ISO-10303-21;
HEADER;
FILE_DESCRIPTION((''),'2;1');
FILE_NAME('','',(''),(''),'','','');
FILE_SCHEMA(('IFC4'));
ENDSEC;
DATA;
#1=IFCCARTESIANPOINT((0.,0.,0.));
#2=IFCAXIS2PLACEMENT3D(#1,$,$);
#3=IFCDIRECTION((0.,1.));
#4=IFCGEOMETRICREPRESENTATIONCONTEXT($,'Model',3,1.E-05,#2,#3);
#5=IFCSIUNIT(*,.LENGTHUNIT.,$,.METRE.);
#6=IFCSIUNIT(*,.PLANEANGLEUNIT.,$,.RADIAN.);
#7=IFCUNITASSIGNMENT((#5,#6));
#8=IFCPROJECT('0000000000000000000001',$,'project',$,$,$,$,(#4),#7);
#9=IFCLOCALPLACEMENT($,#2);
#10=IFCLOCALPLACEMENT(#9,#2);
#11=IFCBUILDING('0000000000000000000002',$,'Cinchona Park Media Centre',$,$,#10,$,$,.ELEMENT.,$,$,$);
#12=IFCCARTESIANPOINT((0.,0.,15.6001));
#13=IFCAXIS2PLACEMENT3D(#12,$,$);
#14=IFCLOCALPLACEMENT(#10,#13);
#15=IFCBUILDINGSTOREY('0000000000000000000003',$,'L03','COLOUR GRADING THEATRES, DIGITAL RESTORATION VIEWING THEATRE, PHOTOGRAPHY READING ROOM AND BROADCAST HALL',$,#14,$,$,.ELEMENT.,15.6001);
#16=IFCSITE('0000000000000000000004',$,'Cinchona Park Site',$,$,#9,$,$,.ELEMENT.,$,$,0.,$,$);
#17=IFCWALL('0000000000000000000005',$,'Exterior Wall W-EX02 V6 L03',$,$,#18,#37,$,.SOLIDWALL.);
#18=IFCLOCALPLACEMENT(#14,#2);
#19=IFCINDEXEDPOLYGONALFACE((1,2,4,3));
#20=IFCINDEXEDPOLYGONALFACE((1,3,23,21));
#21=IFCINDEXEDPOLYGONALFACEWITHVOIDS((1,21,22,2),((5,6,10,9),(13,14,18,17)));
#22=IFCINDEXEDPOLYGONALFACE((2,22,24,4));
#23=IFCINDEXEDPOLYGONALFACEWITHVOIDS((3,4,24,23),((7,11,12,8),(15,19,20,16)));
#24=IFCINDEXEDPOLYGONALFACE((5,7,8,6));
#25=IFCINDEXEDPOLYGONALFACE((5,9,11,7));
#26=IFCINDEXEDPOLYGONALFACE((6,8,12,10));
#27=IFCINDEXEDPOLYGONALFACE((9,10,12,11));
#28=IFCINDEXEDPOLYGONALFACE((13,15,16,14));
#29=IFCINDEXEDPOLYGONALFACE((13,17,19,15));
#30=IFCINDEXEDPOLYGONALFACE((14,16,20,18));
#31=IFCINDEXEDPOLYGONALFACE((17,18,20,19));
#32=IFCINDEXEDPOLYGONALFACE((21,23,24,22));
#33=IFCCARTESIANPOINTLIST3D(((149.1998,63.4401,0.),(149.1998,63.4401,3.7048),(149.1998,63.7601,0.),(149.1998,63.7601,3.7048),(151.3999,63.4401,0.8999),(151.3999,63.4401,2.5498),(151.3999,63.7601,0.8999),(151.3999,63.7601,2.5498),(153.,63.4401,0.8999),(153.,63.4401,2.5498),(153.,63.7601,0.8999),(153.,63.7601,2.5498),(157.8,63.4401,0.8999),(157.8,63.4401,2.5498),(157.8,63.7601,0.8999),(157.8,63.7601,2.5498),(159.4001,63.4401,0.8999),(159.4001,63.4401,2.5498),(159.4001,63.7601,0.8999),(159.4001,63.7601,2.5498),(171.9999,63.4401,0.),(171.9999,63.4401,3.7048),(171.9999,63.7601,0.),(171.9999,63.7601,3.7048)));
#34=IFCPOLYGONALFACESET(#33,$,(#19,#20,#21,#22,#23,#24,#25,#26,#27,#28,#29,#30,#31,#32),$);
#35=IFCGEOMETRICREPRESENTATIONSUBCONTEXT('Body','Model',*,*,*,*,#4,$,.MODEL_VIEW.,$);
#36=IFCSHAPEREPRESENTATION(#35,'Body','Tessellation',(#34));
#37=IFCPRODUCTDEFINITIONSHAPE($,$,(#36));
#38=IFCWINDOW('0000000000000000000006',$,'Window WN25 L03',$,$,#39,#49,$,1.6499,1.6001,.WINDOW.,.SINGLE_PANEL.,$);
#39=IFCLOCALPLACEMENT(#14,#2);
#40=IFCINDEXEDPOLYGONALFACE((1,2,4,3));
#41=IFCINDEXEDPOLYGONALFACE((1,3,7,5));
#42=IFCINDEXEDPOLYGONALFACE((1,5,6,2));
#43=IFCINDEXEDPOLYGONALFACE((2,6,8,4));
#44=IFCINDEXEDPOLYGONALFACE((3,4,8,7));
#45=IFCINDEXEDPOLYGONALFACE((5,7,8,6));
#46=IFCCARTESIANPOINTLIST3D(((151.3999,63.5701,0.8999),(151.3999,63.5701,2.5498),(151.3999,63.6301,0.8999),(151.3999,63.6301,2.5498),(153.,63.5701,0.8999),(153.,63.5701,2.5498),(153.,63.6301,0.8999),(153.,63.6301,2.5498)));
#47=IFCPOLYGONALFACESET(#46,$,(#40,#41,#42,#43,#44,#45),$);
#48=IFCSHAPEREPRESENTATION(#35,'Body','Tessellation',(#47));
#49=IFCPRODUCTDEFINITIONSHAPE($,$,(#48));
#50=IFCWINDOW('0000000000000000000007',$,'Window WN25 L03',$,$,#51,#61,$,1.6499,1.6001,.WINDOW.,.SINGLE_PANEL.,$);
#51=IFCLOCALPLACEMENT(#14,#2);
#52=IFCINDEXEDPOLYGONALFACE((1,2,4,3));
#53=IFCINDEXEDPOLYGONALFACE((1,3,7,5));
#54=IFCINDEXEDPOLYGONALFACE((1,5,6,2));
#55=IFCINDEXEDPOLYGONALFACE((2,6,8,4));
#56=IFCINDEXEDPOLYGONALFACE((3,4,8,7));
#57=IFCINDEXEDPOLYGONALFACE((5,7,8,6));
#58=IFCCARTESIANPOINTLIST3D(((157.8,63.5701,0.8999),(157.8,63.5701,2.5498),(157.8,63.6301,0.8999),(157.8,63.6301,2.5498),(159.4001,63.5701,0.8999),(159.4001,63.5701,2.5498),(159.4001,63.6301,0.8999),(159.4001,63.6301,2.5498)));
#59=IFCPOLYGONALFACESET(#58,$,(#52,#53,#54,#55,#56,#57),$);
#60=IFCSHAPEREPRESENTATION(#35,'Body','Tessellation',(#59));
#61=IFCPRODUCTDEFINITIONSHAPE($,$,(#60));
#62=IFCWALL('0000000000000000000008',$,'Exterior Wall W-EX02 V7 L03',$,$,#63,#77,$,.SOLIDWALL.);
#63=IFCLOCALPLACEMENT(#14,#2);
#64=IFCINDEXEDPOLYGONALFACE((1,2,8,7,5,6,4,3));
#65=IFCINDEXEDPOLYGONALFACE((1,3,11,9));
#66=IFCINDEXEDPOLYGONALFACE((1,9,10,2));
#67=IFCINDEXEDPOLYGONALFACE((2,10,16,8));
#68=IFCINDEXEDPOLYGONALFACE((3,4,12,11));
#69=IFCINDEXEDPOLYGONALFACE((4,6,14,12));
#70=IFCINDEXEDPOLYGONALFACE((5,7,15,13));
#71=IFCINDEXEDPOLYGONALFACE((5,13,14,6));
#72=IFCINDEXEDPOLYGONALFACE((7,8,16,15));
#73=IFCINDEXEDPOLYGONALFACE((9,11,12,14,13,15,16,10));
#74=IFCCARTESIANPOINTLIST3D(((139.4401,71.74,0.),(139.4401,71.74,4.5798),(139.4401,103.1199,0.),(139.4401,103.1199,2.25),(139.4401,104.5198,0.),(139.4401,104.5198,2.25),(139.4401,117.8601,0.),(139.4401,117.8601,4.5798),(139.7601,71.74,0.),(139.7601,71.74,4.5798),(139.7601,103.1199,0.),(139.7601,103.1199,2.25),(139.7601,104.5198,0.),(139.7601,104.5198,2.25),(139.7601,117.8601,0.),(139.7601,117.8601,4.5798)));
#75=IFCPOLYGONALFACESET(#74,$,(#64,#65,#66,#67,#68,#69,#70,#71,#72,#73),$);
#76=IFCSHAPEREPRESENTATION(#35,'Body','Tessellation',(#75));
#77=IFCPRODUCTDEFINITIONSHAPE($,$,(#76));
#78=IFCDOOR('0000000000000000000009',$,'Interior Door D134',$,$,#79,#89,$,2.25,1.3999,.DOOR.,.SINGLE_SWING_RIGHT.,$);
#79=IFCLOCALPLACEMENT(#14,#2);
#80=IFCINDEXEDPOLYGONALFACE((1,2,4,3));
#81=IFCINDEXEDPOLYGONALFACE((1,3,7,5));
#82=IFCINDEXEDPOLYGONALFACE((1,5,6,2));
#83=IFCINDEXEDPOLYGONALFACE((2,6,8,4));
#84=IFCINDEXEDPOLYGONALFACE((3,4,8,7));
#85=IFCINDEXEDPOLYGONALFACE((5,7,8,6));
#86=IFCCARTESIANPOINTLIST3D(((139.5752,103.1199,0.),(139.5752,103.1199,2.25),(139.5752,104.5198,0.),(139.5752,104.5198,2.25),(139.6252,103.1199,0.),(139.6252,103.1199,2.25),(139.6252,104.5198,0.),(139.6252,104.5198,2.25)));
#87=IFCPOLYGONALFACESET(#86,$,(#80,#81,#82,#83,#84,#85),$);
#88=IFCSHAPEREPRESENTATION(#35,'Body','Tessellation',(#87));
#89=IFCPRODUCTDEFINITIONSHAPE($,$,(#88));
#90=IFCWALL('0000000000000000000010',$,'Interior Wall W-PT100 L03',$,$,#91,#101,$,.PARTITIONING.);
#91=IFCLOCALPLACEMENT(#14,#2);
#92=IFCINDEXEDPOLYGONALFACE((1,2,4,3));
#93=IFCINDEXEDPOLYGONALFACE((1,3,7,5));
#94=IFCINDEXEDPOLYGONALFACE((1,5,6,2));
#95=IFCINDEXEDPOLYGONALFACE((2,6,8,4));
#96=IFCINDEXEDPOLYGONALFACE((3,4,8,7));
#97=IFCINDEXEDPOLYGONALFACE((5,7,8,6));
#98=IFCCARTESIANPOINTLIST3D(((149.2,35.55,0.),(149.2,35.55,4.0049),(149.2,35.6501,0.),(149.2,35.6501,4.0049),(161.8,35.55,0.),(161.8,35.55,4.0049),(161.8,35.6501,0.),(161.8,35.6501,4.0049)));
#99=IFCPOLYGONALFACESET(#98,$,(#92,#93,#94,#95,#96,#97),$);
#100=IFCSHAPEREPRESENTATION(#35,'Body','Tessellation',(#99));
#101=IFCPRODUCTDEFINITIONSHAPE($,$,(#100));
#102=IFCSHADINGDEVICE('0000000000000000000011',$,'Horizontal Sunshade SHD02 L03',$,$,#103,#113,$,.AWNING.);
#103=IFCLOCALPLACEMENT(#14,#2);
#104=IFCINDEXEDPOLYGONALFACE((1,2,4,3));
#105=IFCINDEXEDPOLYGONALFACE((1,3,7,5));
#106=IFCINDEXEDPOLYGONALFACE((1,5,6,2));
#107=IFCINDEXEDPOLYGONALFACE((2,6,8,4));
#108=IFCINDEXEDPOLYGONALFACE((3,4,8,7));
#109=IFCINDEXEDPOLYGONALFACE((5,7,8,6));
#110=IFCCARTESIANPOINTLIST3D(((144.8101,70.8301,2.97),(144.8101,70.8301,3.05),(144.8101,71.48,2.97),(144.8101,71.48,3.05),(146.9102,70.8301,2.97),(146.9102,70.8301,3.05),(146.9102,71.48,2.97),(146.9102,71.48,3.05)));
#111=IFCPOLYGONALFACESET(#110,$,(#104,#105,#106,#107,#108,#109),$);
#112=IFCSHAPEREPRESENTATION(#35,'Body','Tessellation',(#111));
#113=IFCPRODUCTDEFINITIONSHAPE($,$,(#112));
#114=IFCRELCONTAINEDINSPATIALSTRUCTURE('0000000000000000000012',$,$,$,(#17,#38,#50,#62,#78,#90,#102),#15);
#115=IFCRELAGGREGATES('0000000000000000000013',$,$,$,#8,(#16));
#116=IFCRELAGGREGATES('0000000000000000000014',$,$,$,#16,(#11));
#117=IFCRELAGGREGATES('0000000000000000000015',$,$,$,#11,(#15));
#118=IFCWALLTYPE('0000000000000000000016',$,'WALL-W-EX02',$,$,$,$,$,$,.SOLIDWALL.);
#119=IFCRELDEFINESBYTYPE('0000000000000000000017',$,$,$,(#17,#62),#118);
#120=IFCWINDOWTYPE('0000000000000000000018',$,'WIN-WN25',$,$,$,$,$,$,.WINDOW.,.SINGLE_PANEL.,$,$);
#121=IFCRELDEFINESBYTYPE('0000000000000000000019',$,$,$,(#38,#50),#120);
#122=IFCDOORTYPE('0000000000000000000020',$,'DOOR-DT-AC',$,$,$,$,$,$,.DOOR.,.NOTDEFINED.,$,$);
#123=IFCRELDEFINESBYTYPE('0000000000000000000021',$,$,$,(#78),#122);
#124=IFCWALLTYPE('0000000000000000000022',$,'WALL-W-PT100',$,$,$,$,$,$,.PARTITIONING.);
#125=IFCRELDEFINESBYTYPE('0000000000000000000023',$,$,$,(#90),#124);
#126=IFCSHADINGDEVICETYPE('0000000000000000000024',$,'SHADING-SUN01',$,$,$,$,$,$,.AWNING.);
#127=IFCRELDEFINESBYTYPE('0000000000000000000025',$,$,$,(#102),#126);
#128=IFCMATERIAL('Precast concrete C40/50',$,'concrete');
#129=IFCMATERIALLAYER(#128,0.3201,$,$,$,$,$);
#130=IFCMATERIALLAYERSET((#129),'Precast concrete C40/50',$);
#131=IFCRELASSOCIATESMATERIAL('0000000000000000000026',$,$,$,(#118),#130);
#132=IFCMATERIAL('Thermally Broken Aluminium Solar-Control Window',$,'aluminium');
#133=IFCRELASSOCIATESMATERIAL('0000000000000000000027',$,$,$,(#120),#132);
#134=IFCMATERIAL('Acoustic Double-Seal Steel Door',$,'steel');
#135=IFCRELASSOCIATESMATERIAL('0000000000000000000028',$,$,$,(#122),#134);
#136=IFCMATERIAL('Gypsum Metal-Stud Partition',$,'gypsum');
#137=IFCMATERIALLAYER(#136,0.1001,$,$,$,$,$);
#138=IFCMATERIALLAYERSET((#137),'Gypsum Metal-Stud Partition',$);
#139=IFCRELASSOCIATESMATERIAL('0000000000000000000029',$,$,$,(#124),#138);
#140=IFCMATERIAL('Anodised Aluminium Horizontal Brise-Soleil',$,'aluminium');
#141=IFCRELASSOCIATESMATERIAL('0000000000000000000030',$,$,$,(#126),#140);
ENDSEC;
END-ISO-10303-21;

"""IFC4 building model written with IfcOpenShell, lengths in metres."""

from ifc_helpers import new_model, si_unit, direction, frame, frame_2d, origin, origin_2d, place, context, subcontext, project, spatial, rectangle, extrude, material, layer, layer_set, type_object, element, fill, save


model = new_model("IFC4")

# Units and contexts
model_context = context("Model", 3, precision=1e-05, world=origin(), true_north=direction((0.0, 1.0)))
body_context = subcontext(model_context, "Body", "Model", "MODEL_VIEW")
ifc_project = project(units=[si_unit("LENGTHUNIT", "METRE"), si_unit("PLANEANGLEUNIT", "RADIAN")], contexts=[model_context])

# Site, building, storey
site_placement = place(None, origin())
site = spatial("IfcSite", under=ifc_project, at=site_placement, Name="Cinchona Park Site", CompositionType="ELEMENT", RefElevation=0.0)
building_placement = place(site_placement, origin())
building = spatial("IfcBuilding", under=site, at=building_placement, Name="Cinchona Park Media Centre", CompositionType="ELEMENT")
storey_placement = place(building_placement, frame((0.0, 0.0, 15.6001)))
storey = spatial("IfcBuildingStorey", under=building, at=storey_placement, Name="L03", Description="COLOUR GRADING THEATRES, DIGITAL RESTORATION VIEWING THEATRE, PHOTOGRAPHY READING ROOM AND BROADCAST HALL", CompositionType="ELEMENT", Elevation=15.6001)

# Wall, openings, windows
ifc_material_1 = material(Name="Precast concrete C40/50", Category="concrete")
ifc_layer_1 = layer(ifc_material_1, 0.3201)
ifc_layer_set_1 = layer_set([ifc_layer_1], Name="Precast concrete C40/50")
wall_type_1 = type_object("IfcWallType", Name="WALL-W-EX02", PredefinedType="SOLIDWALL", material=ifc_layer_set_1)
wall_1_placement = place(storey_placement, frame((149.2, 63.6001, 0.0), z_axis=(0.0, 0.0, 1.0), x_axis=(1.0, 0.0, 0.0)))
wall_1 = element("IfcWall", 1, at=wall_1_placement, inside=storey, type_object=wall_type_1, Name="Exterior Wall W-EX02 V6 L03", PredefinedType="SOLIDWALL", context=body_context, shape_type="SweptSolid", body=[
    extrude(rectangle(XDim=22.8, YDim=0.3201, at=frame_2d((11.3999, 0.0))), origin(), (0.0, 0.0, 1.0), 3.7048),
])
opening_1_placement = place(wall_1_placement, frame((2.2, 0.0, 0.8999)))
opening_1 = element("IfcOpeningElement", 2, at=opening_1_placement, cuts=wall_1, PredefinedType="OPENING", context=body_context, shape_type="SweptSolid", body=[
    extrude(rectangle(XDim=1.6001, YDim=1.6499, at=frame_2d((0.8, 0.825))), frame((0.0, 0.1699, 0.0), z_axis=(0.0, -1.0, 0.0), x_axis=(1.0, 0.0, 0.0)), (0.0, 0.0, 1.0), 0.3401),
])
opening_2_placement = place(wall_1_placement, frame((8.6001, 0.0, 0.8999)))
opening_2 = element("IfcOpeningElement", 3, at=opening_2_placement, cuts=wall_1, PredefinedType="OPENING", context=body_context, shape_type="SweptSolid", body=[
    extrude(rectangle(XDim=1.6001, YDim=1.6499, at=frame_2d((0.8, 0.825))), frame((0.0, 0.1699, 0.0), z_axis=(0.0, -1.0, 0.0), x_axis=(1.0, 0.0, 0.0)), (0.0, 0.0, 1.0), 0.3401),
])
ifc_material_2 = material(Name="Thermally Broken Aluminium Solar-Control Window", Category="aluminium")
window_type = type_object("IfcWindowType", Name="WIN-WN25", PartitioningType="SINGLE_PANEL", PredefinedType="WINDOW", material=ifc_material_2)
window_1_placement = place(opening_1_placement, origin())
window_1 = element("IfcWindow", 4, at=window_1_placement, inside=storey, type_object=window_type, Name="Window WN25 L03", OverallHeight=1.6499, OverallWidth=1.6001, PartitioningType="SINGLE_PANEL", PredefinedType="WINDOW", context=body_context, shape_type="SweptSolid", body=[
    extrude(rectangle(XDim=1.6001, YDim=1.6499, at=frame_2d((0.8, 0.825))), frame((0.0, 0.03, 0.0), z_axis=(0.0, -1.0, 0.0), x_axis=(1.0, 0.0, 0.0)), (0.0, 0.0, 1.0), 0.0601),
])
fill(opening_1, window_1)
window_2_placement = place(opening_2_placement, origin())
window_2 = element("IfcWindow", 5, at=window_2_placement, inside=storey, type_object=window_type, Name="Window WN25 L03", OverallHeight=1.6499, OverallWidth=1.6001, PartitioningType="SINGLE_PANEL", PredefinedType="WINDOW", context=body_context, shape_type="SweptSolid", body=[
    extrude(rectangle(XDim=1.6001, YDim=1.6499, at=frame_2d((0.8, 0.825))), frame((0.0, 0.03, 0.0), z_axis=(0.0, -1.0, 0.0), x_axis=(1.0, 0.0, 0.0)), (0.0, 0.0, 1.0), 0.0601),
])
fill(opening_2, window_2)

# Wall, opening, door
wall_2_placement = place(storey_placement, frame((139.6001, 71.74, 0.0), z_axis=(0.0, 0.0, 1.0), x_axis=(0.0, 1.0, 0.0)))
wall_2 = element("IfcWall", 6, at=wall_2_placement, inside=storey, type_object=wall_type_1, Name="Exterior Wall W-EX02 V7 L03", PredefinedType="SOLIDWALL", context=body_context, shape_type="SweptSolid", body=[
    extrude(rectangle(XDim=46.1201, YDim=0.3201, at=frame_2d((23.0601, 0.0))), origin(), (0.0, 0.0, 1.0), 4.5798),
])
opening_3_placement = place(wall_2_placement, frame((31.3799, 0.0, 0.0)))
opening_3 = element("IfcOpeningElement", 7, at=opening_3_placement, cuts=wall_2, PredefinedType="OPENING", context=body_context, shape_type="SweptSolid", body=[
    extrude(rectangle(XDim=1.3999, YDim=2.25, at=frame_2d((0.7, 1.125))), frame((0.0, 0.1699, 0.0), z_axis=(0.0, -1.0, 0.0), x_axis=(1.0, 0.0, 0.0)), (0.0, 0.0, 1.0), 0.3401),
])
ifc_material_3 = material(Name="Acoustic Double-Seal Steel Door", Category="steel")
door_type = type_object("IfcDoorType", Name="DOOR-DT-AC", OperationType="NOTDEFINED", PredefinedType="DOOR", material=ifc_material_3)
door_placement = place(opening_3_placement, origin())
door = element("IfcDoor", 8, at=door_placement, inside=storey, type_object=door_type, Name="Interior Door D134", OperationType="SINGLE_SWING_RIGHT", OverallHeight=2.25, OverallWidth=1.3999, PredefinedType="DOOR", context=body_context, shape_type="SweptSolid", body=[
    extrude(rectangle(XDim=1.3999, YDim=2.25, at=frame_2d((0.7, 1.125))), frame((0.0, 0.0249, 0.0), z_axis=(0.0, -1.0, 0.0), x_axis=(1.0, 0.0, 0.0)), (0.0, 0.0, 1.0), 0.05),
])
fill(opening_3, door)

# Wall
ifc_material_4 = material(Name="Gypsum Metal-Stud Partition", Category="gypsum")
ifc_layer_2 = layer(ifc_material_4, 0.1001)
ifc_layer_set_2 = layer_set([ifc_layer_2], Name="Gypsum Metal-Stud Partition")
wall_type_2 = type_object("IfcWallType", Name="WALL-W-PT100", PredefinedType="PARTITIONING", material=ifc_layer_set_2)
wall_3_placement = place(storey_placement, frame((149.2, 35.6001, 0.0), z_axis=(0.0, 0.0, 1.0), x_axis=(1.0, 0.0, 0.0)))
element("IfcWall", 9, at=wall_3_placement, inside=storey, type_object=wall_type_2, Name="Interior Wall W-PT100 L03", PredefinedType="PARTITIONING", context=body_context, shape_type="SweptSolid", body=[
    extrude(rectangle(XDim=12.6001, YDim=0.1001, at=frame_2d((6.3, 0.0))), origin(), (0.0, 0.0, 1.0), 4.0049),
])

# Shading device
ifc_material_5 = material(Name="Anodised Aluminium Horizontal Brise-Soleil", Category="aluminium")
shading_device_type = type_object("IfcShadingDeviceType", Name="SHADING-SUN01", PredefinedType="AWNING", material=ifc_material_5)
shading_device_placement = place(storey_placement, frame((145.8601, 71.155, 2.97), z_axis=(0.0, 0.0, 1.0), x_axis=(-1.0, 0.0, 0.0)))
element("IfcShadingDevice", 10, at=shading_device_placement, inside=storey, type_object=shading_device_type, Name="Horizontal Sunshade SHD02 L03", PredefinedType="AWNING", context=body_context, shape_type="SweptSolid", body=[
    extrude(rectangle(XDim=2.1001, YDim=0.6499, at=origin_2d()), origin(), (0.0, 0.0, 1.0), 0.0801),
])

save(model, "model.ifc")
